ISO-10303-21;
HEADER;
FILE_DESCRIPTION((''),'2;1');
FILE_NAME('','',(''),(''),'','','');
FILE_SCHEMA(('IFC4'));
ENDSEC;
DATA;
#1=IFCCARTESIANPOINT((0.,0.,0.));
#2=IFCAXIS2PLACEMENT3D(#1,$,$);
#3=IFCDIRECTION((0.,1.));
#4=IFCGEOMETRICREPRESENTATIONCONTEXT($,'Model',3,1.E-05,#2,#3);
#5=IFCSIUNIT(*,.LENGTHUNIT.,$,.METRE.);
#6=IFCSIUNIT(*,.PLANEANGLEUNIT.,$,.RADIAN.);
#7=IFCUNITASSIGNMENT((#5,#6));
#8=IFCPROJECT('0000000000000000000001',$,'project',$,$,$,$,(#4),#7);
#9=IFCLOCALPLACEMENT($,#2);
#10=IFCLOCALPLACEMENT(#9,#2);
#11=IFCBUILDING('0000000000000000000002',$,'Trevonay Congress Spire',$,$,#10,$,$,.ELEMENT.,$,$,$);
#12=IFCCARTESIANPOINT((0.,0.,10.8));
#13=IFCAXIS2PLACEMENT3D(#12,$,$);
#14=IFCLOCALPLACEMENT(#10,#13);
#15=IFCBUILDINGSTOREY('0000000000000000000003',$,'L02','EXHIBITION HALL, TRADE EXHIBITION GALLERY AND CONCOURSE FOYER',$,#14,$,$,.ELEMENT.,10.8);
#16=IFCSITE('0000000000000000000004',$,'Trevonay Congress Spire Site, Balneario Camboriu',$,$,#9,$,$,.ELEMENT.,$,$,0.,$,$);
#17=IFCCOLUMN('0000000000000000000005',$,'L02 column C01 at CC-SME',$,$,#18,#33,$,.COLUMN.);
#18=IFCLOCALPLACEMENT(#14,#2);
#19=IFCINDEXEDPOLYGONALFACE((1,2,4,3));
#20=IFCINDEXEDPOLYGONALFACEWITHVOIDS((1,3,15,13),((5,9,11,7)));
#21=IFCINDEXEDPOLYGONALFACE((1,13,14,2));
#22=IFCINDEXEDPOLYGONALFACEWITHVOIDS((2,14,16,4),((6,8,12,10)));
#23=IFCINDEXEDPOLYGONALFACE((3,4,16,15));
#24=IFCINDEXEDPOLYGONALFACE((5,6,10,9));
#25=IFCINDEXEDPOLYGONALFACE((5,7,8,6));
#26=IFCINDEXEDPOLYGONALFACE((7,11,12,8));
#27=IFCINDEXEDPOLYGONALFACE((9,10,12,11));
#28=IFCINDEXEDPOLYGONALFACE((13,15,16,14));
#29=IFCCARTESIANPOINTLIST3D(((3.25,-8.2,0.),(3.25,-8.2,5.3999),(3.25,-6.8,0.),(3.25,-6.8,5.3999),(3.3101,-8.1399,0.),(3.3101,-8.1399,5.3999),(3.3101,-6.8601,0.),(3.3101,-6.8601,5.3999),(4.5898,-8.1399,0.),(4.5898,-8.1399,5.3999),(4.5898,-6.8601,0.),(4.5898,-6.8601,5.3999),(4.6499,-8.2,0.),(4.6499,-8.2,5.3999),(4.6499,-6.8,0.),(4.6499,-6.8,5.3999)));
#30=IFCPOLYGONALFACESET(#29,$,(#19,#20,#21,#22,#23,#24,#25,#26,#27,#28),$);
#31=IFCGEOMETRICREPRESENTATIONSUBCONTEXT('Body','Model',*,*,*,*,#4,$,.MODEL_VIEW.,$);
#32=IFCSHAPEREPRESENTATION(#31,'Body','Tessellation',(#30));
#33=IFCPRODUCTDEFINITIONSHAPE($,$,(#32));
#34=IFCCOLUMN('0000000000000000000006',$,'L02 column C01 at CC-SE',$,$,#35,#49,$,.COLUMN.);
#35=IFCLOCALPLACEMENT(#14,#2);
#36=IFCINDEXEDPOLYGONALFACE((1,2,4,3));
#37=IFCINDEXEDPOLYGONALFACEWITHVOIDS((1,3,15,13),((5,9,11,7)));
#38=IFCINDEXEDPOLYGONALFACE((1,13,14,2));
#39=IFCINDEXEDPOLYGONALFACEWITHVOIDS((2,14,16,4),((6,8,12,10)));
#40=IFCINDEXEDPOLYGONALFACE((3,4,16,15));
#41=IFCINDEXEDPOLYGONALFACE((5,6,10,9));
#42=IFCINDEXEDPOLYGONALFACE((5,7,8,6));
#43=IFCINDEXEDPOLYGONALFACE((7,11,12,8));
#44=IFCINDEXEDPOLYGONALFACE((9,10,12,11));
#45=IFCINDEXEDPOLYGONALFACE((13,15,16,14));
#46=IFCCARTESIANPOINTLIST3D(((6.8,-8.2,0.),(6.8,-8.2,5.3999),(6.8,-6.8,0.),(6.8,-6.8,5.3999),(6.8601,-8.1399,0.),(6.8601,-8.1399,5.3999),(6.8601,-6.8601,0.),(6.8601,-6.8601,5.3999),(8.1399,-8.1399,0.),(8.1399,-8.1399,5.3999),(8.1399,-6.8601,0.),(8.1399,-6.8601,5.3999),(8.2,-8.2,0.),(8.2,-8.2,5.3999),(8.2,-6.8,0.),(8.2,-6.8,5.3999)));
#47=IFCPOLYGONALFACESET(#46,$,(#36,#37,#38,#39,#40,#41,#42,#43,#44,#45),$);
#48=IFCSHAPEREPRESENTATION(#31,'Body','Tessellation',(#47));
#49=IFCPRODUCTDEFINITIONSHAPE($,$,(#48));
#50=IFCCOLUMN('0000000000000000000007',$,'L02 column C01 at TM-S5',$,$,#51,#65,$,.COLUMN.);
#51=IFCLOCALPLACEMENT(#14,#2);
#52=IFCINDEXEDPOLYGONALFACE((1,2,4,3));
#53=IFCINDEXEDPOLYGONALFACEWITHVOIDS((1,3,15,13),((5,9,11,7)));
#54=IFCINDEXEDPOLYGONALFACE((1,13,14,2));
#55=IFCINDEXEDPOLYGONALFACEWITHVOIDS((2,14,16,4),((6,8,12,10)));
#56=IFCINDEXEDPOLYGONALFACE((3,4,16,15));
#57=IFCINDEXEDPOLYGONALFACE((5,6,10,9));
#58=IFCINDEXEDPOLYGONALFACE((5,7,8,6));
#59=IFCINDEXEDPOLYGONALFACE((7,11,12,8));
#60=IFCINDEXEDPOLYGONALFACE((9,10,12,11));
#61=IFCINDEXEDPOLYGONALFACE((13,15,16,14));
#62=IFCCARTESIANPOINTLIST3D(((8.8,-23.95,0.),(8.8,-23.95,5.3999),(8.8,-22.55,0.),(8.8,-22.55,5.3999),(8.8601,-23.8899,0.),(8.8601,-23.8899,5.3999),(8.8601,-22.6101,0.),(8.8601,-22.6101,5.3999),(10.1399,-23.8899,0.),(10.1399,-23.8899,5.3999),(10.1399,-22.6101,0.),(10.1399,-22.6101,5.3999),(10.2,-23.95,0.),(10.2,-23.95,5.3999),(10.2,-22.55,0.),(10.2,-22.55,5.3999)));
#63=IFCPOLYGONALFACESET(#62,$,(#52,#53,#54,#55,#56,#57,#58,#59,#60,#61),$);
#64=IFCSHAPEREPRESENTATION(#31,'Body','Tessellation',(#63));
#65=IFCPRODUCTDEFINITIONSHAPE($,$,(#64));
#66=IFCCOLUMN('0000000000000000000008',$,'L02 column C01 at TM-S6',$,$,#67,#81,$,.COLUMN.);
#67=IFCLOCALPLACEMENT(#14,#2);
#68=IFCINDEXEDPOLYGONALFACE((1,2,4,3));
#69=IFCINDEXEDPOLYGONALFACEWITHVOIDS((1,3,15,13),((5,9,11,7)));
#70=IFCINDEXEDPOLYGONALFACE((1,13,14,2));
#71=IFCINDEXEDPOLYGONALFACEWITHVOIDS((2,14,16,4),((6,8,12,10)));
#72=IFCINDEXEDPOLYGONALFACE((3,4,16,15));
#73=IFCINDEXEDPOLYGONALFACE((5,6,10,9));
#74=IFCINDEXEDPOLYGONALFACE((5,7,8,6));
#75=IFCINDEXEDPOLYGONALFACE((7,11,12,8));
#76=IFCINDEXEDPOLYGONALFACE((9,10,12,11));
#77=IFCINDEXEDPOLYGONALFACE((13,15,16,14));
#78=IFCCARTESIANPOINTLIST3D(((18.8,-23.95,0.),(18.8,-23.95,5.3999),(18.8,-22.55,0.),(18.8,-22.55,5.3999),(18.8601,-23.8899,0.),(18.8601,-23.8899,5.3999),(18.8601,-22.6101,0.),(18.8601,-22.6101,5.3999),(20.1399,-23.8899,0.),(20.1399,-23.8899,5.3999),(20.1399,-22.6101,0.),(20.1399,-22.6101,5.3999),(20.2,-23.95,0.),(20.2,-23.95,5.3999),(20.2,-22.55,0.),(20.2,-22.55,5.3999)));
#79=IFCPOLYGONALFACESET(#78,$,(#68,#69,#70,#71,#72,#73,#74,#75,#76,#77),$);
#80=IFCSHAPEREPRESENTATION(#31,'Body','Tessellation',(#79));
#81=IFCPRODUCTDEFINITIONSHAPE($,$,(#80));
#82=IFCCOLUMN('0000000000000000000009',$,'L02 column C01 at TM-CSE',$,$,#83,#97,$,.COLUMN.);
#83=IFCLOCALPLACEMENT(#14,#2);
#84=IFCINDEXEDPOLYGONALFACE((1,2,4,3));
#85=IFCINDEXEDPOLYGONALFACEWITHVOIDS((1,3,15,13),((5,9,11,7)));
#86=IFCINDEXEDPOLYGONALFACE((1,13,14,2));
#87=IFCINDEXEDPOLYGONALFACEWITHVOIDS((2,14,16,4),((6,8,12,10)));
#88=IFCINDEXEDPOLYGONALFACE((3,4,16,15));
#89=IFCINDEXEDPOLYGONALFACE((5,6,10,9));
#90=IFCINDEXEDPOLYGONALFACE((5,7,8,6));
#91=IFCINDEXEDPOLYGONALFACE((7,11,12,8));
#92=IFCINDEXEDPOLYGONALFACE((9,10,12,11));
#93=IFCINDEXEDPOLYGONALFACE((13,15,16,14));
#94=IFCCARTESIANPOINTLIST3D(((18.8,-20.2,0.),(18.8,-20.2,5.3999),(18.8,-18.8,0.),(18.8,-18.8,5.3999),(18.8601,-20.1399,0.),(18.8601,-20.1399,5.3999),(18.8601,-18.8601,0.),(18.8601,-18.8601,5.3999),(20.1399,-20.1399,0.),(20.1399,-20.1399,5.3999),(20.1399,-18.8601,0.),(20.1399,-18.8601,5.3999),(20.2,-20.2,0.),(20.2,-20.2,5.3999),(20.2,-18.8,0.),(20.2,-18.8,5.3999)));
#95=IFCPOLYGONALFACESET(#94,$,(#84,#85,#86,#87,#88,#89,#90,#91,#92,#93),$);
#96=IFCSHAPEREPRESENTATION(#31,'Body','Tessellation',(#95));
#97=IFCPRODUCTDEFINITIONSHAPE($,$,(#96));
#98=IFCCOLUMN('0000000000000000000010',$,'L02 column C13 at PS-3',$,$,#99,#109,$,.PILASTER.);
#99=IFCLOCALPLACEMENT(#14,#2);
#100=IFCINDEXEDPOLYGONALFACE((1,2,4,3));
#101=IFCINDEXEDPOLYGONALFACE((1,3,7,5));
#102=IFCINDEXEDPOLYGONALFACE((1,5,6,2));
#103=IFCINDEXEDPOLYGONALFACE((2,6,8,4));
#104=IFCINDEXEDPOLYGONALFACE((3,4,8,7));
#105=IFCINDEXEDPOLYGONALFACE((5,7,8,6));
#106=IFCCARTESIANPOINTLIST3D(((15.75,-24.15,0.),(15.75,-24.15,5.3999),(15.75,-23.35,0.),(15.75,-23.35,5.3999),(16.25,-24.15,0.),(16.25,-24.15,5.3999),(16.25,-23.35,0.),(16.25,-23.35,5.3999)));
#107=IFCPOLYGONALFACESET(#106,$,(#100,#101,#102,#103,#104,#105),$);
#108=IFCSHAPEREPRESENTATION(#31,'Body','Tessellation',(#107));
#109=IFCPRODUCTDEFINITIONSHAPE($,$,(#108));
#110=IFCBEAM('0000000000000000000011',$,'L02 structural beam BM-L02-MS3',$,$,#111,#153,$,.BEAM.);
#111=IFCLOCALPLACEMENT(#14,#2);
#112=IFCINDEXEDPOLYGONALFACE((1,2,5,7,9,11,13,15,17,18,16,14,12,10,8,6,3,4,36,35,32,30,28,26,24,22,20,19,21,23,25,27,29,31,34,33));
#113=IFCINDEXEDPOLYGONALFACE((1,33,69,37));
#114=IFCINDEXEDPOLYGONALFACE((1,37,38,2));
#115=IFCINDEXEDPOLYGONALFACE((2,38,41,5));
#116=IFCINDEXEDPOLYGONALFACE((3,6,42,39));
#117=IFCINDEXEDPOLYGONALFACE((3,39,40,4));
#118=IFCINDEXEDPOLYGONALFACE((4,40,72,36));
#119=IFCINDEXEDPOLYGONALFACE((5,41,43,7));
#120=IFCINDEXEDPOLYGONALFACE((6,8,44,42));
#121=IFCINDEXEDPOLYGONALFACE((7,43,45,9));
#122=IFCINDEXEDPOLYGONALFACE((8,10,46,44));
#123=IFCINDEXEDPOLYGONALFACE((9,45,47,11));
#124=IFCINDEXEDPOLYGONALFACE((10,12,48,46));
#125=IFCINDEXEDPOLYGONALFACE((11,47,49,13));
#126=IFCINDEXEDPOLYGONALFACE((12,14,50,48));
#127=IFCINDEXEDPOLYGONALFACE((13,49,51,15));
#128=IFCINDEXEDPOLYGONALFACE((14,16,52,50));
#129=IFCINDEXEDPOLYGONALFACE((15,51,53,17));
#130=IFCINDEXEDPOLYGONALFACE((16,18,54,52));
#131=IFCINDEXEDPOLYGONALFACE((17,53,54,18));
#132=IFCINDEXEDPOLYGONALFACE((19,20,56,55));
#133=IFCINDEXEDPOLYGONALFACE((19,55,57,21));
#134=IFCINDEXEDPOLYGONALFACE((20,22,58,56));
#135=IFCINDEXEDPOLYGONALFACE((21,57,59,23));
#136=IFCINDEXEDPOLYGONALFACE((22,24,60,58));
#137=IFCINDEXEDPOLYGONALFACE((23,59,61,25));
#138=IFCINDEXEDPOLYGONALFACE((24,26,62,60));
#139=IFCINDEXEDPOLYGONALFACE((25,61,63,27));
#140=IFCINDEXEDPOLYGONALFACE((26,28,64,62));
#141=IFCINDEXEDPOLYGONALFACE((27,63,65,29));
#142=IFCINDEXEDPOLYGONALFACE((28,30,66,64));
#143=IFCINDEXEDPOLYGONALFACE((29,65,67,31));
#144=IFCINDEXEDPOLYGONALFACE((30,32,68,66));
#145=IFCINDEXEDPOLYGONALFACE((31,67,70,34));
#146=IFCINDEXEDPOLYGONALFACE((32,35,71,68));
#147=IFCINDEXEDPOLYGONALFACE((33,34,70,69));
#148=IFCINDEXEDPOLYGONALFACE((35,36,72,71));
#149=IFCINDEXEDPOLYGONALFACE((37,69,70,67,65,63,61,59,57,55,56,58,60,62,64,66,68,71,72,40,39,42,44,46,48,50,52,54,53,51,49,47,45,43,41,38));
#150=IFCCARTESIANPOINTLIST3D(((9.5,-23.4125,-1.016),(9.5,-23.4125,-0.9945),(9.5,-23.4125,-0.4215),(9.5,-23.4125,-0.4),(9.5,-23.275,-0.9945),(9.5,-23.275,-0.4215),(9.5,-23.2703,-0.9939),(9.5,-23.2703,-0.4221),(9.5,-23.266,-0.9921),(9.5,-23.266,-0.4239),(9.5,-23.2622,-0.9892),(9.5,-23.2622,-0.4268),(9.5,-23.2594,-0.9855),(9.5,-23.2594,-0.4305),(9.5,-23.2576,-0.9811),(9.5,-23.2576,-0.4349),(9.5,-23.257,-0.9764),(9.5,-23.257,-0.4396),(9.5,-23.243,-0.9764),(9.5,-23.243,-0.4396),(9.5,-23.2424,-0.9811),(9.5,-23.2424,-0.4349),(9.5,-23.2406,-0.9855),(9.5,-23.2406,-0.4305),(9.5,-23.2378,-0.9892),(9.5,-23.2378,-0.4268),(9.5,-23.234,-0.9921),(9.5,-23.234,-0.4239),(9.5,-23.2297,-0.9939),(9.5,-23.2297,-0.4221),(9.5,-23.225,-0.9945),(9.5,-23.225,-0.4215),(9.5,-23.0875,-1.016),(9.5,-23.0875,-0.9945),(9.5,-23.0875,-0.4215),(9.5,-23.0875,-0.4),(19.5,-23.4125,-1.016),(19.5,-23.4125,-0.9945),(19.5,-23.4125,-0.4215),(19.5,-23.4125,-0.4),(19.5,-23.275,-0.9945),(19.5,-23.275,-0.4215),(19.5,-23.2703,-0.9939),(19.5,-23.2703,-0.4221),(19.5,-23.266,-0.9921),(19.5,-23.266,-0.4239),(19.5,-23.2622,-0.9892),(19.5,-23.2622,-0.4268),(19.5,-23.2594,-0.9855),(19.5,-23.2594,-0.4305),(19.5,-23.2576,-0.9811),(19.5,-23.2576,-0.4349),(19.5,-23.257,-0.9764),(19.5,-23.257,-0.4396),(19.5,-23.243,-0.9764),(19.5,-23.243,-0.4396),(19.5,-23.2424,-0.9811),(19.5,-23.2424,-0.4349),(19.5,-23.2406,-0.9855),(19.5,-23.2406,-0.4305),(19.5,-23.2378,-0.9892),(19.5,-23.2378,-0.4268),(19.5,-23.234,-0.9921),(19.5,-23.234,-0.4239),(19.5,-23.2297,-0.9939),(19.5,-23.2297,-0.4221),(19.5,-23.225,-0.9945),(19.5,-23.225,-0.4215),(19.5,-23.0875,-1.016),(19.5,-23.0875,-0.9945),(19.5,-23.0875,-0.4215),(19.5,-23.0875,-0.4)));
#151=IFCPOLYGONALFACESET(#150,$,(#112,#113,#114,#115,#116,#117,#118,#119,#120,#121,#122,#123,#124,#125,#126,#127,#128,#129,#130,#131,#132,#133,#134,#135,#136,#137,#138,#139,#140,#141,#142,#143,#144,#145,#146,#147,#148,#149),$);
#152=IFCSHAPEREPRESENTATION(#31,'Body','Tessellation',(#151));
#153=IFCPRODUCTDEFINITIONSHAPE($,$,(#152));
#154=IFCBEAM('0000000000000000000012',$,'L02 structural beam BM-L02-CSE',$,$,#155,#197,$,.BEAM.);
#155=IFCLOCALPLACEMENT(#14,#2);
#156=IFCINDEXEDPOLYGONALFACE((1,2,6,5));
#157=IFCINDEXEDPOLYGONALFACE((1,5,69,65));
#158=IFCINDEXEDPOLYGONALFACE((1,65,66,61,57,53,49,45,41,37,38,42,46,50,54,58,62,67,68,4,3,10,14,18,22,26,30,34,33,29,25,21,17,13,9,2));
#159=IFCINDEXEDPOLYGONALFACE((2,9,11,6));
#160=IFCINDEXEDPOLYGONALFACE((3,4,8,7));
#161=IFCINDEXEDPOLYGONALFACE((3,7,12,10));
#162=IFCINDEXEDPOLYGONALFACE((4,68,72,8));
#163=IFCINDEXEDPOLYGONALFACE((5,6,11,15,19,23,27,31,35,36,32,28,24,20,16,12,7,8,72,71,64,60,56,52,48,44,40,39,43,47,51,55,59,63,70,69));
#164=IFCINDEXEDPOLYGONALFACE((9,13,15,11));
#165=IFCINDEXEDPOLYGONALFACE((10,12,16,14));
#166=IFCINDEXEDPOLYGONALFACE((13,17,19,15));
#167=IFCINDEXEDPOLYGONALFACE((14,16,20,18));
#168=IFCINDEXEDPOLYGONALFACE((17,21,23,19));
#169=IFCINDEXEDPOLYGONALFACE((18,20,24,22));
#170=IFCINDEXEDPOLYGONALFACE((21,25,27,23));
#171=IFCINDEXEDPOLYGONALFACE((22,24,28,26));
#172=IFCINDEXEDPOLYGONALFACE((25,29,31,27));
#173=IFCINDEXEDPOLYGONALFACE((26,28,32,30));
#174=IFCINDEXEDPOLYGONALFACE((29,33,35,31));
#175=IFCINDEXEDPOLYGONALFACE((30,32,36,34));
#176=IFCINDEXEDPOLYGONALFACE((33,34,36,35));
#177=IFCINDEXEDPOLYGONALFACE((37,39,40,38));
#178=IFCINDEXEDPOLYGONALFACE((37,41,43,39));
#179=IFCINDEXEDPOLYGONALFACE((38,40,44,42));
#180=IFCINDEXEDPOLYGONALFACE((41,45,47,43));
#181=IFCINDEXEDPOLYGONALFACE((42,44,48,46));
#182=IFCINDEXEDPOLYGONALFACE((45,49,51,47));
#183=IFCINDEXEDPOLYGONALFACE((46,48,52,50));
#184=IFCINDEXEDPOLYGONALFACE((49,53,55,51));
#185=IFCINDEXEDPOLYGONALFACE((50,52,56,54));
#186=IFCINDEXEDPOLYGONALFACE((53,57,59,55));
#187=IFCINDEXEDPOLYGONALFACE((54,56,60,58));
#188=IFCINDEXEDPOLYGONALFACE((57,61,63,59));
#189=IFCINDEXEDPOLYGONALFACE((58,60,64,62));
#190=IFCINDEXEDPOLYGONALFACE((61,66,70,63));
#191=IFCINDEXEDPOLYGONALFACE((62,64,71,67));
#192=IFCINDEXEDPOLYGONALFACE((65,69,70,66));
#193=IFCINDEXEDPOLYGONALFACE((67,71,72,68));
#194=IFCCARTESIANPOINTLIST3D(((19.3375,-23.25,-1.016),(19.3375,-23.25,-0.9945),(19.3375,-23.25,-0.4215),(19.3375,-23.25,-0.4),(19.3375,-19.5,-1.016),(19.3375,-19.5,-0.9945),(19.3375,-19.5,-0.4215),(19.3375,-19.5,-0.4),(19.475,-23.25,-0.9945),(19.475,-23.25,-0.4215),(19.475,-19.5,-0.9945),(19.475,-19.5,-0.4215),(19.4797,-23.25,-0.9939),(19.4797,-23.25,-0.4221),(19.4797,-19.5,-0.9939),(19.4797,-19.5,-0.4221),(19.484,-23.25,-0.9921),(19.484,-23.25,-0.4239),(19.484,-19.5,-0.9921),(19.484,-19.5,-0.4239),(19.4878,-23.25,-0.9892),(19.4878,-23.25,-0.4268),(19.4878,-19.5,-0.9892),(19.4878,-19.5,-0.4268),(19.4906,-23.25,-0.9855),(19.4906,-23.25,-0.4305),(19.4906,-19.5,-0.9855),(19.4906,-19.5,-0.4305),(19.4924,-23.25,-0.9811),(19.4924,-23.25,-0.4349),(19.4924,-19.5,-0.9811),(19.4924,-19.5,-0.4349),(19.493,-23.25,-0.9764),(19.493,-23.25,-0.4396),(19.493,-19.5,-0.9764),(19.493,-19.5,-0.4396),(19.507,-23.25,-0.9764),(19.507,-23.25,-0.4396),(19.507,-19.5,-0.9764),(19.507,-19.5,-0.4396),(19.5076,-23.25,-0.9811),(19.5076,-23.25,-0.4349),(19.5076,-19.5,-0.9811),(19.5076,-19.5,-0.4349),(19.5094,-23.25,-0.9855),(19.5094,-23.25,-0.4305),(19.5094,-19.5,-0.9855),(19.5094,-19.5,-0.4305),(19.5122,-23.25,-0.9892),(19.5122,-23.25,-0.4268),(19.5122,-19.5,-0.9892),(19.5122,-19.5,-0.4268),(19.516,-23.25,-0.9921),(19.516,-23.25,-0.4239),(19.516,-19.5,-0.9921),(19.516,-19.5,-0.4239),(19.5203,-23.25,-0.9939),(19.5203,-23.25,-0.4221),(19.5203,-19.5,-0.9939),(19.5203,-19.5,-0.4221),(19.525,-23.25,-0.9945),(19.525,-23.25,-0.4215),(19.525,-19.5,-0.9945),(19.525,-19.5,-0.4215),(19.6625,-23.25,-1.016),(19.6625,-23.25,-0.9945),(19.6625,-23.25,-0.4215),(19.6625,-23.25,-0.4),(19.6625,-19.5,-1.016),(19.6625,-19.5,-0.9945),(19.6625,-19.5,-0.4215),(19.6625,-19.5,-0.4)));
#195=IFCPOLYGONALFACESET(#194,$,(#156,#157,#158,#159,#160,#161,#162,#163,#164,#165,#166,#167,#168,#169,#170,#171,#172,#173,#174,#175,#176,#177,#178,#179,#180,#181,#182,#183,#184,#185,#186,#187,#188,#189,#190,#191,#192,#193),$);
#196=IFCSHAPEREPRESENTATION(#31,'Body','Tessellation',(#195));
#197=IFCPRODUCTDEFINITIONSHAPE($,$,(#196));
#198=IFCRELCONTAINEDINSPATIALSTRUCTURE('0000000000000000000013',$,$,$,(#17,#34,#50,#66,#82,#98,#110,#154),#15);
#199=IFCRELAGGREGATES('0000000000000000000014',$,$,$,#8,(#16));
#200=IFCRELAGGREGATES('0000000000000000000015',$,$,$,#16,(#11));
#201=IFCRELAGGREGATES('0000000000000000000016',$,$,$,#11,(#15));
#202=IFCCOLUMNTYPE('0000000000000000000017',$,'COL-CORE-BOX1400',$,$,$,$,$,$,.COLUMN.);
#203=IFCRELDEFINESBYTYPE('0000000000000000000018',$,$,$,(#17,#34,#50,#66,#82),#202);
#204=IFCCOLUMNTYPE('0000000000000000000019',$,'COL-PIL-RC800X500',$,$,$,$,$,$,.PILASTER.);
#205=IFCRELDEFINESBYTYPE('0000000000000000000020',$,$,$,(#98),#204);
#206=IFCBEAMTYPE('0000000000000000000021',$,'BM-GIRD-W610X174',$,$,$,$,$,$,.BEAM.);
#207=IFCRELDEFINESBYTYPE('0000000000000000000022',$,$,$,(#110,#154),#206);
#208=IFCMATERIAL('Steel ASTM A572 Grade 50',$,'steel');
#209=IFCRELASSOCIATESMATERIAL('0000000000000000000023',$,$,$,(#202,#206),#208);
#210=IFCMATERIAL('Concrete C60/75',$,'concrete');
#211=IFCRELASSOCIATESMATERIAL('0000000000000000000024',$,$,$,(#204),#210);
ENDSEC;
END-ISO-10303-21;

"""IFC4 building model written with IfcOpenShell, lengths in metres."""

from ifc_helpers import new_model, si_unit, direction, frame, origin, origin_2d, place, context, subcontext, project, spatial, rectangle, hollow_rectangle, i_section, extrude, material, material_profile, profile_set, type_object, element, save


model = new_model("IFC4")

# Units and contexts
model_context = context("Model", 3, precision=1e-05, world=origin(), true_north=direction((0.0, 1.0)))
body_context = subcontext(model_context, "Body", "Model", "MODEL_VIEW")
ifc_project = project(units=[si_unit("LENGTHUNIT", "METRE"), si_unit("PLANEANGLEUNIT", "RADIAN")], contexts=[model_context])

# Site, building, storey
site_placement = place(None, origin())
site = spatial("IfcSite", under=ifc_project, at=site_placement, Name="Trevonay Congress Spire Site, Balneario Camboriu", CompositionType="ELEMENT", RefElevation=0.0)
building_placement = place(site_placement, origin())
building = spatial("IfcBuilding", under=site, at=building_placement, Name="Trevonay Congress Spire", CompositionType="ELEMENT")
storey_placement = place(building_placement, frame((0.0, 0.0, 10.8)))
storey = spatial("IfcBuildingStorey", under=building, at=storey_placement, Name="L02", Description="EXHIBITION HALL, TRADE EXHIBITION GALLERY AND CONCOURSE FOYER", CompositionType="ELEMENT", Elevation=10.8)

# Columns
ifc_material_1 = material(Name="Steel ASTM A572 Grade 50", Category="steel")
ifc_material_profile_1 = material_profile(ifc_material_1, hollow_rectangle(XDim=1.3999, YDim=1.3999, WallThickness=0.0601, at=origin_2d()), Name="BOX 1400x1400x60")
ifc_profile_set_1 = profile_set([ifc_material_profile_1], Name="Steel ASTM A572 Grade 50")
column_type_1 = type_object("IfcColumnType", Name="COL-CORE-BOX1400", PredefinedType="COLUMN", material=ifc_profile_set_1)
for number, where, z_axis, x_axis, name in (
    (1, (3.95, -7.5, 0.0), (0.0, 0.0, 1.0), (1.0, 0.0, 0.0), "L02 column C01 at CC-SME"),
    (2, (7.5, -7.5, 0.0), (0.0, 0.0, 1.0), (1.0, 0.0, 0.0), "L02 column C01 at CC-SE"),
    (3, (9.5, -23.25, 0.0), (0.0, 0.0, 1.0), (1.0, 0.0, 0.0), "L02 column C01 at TM-S5"),
    (4, (19.5, -23.25, 0.0), (0.0, 0.0, 1.0), (1.0, 0.0, 0.0), "L02 column C01 at TM-S6"),
    (5, (19.5, -19.5, 0.0), (0.0, 0.0, 1.0), (1.0, 0.0, 0.0), "L02 column C01 at TM-CSE"),
):
    element("IfcColumn", number, at=place(storey_placement, frame(where, z_axis=z_axis, x_axis=x_axis)), inside=storey, type_object=column_type_1, Name=name, PredefinedType="COLUMN", context=body_context, shape_type="SweptSolid", body=[
        extrude(hollow_rectangle(XDim=1.3999, YDim=1.3999, WallThickness=0.0601, at=origin_2d()), origin(), (0.0, 0.0, 1.0), 5.3999),
    ])
ifc_material_2 = material(Name="Concrete C60/75", Category="concrete")
ifc_material_profile_2 = material_profile(ifc_material_2, rectangle(XDim=0.5, YDim=0.8, at=origin_2d()), Name="RC 800x500")
ifc_profile_set_2 = profile_set([ifc_material_profile_2], Name="Concrete C60/75")
column_type_2 = type_object("IfcColumnType", Name="COL-PIL-RC800X500", PredefinedType="PILASTER", material=ifc_profile_set_2)
column_placement = place(storey_placement, frame((16.0, -23.75, 0.0), z_axis=(0.0, 0.0, 1.0), x_axis=(1.0, 0.0, 0.0)))
element("IfcColumn", 6, at=column_placement, inside=storey, type_object=column_type_2, Name="L02 column C13 at PS-3", PredefinedType="PILASTER", context=body_context, shape_type="SweptSolid", body=[
    extrude(rectangle(XDim=0.5, YDim=0.8, at=origin_2d()), origin(), (0.0, 0.0, 1.0), 5.3999),
])

# Beams
ifc_material_profile_3 = material_profile(ifc_material_1, i_section(OverallWidth=0.325, OverallDepth=0.616, WebThickness=0.0139, FlangeThickness=0.0215, FilletRadius=0.0181, at=origin_2d()), Name="W610x174")
ifc_profile_set_3 = profile_set([ifc_material_profile_3], Name="Steel ASTM A572 Grade 50")
beam_type_1 = type_object("IfcBeamType", Name="BM-GIRD-W610X174", PredefinedType="BEAM", material=ifc_profile_set_3)
beam_1_placement = place(storey_placement, frame((9.5, -23.25, -0.708), z_axis=(1.0, 0.0, 0.0), x_axis=(0.0, 1.0, 0.0)))
element("IfcBeam", 7, at=beam_1_placement, inside=storey, type_object=beam_type_1, Name="L02 structural beam BM-L02-MS3", PredefinedType="BEAM", context=body_context, shape_type="SweptSolid", body=[
    extrude(i_section(OverallWidth=0.325, OverallDepth=0.616, WebThickness=0.0139, FlangeThickness=0.0215, FilletRadius=0.0181, at=origin_2d()), origin(), (0.0, 0.0, 1.0), 10.0),
])
beam_2_placement = place(storey_placement, frame((19.5, -23.25, -0.708), z_axis=(0.0, 1.0, 0.0), x_axis=(-1.0, 0.0, 0.0)))
element("IfcBeam", 8, at=beam_2_placement, inside=storey, type_object=beam_type_1, Name="L02 structural beam BM-L02-CSE", PredefinedType="BEAM", context=body_context, shape_type="SweptSolid", body=[
    extrude(i_section(OverallWidth=0.325, OverallDepth=0.616, WebThickness=0.0139, FlangeThickness=0.0215, FilletRadius=0.0181, at=origin_2d()), origin(), (0.0, 0.0, 1.0), 3.75),
])

save(model, "model.ifc")
